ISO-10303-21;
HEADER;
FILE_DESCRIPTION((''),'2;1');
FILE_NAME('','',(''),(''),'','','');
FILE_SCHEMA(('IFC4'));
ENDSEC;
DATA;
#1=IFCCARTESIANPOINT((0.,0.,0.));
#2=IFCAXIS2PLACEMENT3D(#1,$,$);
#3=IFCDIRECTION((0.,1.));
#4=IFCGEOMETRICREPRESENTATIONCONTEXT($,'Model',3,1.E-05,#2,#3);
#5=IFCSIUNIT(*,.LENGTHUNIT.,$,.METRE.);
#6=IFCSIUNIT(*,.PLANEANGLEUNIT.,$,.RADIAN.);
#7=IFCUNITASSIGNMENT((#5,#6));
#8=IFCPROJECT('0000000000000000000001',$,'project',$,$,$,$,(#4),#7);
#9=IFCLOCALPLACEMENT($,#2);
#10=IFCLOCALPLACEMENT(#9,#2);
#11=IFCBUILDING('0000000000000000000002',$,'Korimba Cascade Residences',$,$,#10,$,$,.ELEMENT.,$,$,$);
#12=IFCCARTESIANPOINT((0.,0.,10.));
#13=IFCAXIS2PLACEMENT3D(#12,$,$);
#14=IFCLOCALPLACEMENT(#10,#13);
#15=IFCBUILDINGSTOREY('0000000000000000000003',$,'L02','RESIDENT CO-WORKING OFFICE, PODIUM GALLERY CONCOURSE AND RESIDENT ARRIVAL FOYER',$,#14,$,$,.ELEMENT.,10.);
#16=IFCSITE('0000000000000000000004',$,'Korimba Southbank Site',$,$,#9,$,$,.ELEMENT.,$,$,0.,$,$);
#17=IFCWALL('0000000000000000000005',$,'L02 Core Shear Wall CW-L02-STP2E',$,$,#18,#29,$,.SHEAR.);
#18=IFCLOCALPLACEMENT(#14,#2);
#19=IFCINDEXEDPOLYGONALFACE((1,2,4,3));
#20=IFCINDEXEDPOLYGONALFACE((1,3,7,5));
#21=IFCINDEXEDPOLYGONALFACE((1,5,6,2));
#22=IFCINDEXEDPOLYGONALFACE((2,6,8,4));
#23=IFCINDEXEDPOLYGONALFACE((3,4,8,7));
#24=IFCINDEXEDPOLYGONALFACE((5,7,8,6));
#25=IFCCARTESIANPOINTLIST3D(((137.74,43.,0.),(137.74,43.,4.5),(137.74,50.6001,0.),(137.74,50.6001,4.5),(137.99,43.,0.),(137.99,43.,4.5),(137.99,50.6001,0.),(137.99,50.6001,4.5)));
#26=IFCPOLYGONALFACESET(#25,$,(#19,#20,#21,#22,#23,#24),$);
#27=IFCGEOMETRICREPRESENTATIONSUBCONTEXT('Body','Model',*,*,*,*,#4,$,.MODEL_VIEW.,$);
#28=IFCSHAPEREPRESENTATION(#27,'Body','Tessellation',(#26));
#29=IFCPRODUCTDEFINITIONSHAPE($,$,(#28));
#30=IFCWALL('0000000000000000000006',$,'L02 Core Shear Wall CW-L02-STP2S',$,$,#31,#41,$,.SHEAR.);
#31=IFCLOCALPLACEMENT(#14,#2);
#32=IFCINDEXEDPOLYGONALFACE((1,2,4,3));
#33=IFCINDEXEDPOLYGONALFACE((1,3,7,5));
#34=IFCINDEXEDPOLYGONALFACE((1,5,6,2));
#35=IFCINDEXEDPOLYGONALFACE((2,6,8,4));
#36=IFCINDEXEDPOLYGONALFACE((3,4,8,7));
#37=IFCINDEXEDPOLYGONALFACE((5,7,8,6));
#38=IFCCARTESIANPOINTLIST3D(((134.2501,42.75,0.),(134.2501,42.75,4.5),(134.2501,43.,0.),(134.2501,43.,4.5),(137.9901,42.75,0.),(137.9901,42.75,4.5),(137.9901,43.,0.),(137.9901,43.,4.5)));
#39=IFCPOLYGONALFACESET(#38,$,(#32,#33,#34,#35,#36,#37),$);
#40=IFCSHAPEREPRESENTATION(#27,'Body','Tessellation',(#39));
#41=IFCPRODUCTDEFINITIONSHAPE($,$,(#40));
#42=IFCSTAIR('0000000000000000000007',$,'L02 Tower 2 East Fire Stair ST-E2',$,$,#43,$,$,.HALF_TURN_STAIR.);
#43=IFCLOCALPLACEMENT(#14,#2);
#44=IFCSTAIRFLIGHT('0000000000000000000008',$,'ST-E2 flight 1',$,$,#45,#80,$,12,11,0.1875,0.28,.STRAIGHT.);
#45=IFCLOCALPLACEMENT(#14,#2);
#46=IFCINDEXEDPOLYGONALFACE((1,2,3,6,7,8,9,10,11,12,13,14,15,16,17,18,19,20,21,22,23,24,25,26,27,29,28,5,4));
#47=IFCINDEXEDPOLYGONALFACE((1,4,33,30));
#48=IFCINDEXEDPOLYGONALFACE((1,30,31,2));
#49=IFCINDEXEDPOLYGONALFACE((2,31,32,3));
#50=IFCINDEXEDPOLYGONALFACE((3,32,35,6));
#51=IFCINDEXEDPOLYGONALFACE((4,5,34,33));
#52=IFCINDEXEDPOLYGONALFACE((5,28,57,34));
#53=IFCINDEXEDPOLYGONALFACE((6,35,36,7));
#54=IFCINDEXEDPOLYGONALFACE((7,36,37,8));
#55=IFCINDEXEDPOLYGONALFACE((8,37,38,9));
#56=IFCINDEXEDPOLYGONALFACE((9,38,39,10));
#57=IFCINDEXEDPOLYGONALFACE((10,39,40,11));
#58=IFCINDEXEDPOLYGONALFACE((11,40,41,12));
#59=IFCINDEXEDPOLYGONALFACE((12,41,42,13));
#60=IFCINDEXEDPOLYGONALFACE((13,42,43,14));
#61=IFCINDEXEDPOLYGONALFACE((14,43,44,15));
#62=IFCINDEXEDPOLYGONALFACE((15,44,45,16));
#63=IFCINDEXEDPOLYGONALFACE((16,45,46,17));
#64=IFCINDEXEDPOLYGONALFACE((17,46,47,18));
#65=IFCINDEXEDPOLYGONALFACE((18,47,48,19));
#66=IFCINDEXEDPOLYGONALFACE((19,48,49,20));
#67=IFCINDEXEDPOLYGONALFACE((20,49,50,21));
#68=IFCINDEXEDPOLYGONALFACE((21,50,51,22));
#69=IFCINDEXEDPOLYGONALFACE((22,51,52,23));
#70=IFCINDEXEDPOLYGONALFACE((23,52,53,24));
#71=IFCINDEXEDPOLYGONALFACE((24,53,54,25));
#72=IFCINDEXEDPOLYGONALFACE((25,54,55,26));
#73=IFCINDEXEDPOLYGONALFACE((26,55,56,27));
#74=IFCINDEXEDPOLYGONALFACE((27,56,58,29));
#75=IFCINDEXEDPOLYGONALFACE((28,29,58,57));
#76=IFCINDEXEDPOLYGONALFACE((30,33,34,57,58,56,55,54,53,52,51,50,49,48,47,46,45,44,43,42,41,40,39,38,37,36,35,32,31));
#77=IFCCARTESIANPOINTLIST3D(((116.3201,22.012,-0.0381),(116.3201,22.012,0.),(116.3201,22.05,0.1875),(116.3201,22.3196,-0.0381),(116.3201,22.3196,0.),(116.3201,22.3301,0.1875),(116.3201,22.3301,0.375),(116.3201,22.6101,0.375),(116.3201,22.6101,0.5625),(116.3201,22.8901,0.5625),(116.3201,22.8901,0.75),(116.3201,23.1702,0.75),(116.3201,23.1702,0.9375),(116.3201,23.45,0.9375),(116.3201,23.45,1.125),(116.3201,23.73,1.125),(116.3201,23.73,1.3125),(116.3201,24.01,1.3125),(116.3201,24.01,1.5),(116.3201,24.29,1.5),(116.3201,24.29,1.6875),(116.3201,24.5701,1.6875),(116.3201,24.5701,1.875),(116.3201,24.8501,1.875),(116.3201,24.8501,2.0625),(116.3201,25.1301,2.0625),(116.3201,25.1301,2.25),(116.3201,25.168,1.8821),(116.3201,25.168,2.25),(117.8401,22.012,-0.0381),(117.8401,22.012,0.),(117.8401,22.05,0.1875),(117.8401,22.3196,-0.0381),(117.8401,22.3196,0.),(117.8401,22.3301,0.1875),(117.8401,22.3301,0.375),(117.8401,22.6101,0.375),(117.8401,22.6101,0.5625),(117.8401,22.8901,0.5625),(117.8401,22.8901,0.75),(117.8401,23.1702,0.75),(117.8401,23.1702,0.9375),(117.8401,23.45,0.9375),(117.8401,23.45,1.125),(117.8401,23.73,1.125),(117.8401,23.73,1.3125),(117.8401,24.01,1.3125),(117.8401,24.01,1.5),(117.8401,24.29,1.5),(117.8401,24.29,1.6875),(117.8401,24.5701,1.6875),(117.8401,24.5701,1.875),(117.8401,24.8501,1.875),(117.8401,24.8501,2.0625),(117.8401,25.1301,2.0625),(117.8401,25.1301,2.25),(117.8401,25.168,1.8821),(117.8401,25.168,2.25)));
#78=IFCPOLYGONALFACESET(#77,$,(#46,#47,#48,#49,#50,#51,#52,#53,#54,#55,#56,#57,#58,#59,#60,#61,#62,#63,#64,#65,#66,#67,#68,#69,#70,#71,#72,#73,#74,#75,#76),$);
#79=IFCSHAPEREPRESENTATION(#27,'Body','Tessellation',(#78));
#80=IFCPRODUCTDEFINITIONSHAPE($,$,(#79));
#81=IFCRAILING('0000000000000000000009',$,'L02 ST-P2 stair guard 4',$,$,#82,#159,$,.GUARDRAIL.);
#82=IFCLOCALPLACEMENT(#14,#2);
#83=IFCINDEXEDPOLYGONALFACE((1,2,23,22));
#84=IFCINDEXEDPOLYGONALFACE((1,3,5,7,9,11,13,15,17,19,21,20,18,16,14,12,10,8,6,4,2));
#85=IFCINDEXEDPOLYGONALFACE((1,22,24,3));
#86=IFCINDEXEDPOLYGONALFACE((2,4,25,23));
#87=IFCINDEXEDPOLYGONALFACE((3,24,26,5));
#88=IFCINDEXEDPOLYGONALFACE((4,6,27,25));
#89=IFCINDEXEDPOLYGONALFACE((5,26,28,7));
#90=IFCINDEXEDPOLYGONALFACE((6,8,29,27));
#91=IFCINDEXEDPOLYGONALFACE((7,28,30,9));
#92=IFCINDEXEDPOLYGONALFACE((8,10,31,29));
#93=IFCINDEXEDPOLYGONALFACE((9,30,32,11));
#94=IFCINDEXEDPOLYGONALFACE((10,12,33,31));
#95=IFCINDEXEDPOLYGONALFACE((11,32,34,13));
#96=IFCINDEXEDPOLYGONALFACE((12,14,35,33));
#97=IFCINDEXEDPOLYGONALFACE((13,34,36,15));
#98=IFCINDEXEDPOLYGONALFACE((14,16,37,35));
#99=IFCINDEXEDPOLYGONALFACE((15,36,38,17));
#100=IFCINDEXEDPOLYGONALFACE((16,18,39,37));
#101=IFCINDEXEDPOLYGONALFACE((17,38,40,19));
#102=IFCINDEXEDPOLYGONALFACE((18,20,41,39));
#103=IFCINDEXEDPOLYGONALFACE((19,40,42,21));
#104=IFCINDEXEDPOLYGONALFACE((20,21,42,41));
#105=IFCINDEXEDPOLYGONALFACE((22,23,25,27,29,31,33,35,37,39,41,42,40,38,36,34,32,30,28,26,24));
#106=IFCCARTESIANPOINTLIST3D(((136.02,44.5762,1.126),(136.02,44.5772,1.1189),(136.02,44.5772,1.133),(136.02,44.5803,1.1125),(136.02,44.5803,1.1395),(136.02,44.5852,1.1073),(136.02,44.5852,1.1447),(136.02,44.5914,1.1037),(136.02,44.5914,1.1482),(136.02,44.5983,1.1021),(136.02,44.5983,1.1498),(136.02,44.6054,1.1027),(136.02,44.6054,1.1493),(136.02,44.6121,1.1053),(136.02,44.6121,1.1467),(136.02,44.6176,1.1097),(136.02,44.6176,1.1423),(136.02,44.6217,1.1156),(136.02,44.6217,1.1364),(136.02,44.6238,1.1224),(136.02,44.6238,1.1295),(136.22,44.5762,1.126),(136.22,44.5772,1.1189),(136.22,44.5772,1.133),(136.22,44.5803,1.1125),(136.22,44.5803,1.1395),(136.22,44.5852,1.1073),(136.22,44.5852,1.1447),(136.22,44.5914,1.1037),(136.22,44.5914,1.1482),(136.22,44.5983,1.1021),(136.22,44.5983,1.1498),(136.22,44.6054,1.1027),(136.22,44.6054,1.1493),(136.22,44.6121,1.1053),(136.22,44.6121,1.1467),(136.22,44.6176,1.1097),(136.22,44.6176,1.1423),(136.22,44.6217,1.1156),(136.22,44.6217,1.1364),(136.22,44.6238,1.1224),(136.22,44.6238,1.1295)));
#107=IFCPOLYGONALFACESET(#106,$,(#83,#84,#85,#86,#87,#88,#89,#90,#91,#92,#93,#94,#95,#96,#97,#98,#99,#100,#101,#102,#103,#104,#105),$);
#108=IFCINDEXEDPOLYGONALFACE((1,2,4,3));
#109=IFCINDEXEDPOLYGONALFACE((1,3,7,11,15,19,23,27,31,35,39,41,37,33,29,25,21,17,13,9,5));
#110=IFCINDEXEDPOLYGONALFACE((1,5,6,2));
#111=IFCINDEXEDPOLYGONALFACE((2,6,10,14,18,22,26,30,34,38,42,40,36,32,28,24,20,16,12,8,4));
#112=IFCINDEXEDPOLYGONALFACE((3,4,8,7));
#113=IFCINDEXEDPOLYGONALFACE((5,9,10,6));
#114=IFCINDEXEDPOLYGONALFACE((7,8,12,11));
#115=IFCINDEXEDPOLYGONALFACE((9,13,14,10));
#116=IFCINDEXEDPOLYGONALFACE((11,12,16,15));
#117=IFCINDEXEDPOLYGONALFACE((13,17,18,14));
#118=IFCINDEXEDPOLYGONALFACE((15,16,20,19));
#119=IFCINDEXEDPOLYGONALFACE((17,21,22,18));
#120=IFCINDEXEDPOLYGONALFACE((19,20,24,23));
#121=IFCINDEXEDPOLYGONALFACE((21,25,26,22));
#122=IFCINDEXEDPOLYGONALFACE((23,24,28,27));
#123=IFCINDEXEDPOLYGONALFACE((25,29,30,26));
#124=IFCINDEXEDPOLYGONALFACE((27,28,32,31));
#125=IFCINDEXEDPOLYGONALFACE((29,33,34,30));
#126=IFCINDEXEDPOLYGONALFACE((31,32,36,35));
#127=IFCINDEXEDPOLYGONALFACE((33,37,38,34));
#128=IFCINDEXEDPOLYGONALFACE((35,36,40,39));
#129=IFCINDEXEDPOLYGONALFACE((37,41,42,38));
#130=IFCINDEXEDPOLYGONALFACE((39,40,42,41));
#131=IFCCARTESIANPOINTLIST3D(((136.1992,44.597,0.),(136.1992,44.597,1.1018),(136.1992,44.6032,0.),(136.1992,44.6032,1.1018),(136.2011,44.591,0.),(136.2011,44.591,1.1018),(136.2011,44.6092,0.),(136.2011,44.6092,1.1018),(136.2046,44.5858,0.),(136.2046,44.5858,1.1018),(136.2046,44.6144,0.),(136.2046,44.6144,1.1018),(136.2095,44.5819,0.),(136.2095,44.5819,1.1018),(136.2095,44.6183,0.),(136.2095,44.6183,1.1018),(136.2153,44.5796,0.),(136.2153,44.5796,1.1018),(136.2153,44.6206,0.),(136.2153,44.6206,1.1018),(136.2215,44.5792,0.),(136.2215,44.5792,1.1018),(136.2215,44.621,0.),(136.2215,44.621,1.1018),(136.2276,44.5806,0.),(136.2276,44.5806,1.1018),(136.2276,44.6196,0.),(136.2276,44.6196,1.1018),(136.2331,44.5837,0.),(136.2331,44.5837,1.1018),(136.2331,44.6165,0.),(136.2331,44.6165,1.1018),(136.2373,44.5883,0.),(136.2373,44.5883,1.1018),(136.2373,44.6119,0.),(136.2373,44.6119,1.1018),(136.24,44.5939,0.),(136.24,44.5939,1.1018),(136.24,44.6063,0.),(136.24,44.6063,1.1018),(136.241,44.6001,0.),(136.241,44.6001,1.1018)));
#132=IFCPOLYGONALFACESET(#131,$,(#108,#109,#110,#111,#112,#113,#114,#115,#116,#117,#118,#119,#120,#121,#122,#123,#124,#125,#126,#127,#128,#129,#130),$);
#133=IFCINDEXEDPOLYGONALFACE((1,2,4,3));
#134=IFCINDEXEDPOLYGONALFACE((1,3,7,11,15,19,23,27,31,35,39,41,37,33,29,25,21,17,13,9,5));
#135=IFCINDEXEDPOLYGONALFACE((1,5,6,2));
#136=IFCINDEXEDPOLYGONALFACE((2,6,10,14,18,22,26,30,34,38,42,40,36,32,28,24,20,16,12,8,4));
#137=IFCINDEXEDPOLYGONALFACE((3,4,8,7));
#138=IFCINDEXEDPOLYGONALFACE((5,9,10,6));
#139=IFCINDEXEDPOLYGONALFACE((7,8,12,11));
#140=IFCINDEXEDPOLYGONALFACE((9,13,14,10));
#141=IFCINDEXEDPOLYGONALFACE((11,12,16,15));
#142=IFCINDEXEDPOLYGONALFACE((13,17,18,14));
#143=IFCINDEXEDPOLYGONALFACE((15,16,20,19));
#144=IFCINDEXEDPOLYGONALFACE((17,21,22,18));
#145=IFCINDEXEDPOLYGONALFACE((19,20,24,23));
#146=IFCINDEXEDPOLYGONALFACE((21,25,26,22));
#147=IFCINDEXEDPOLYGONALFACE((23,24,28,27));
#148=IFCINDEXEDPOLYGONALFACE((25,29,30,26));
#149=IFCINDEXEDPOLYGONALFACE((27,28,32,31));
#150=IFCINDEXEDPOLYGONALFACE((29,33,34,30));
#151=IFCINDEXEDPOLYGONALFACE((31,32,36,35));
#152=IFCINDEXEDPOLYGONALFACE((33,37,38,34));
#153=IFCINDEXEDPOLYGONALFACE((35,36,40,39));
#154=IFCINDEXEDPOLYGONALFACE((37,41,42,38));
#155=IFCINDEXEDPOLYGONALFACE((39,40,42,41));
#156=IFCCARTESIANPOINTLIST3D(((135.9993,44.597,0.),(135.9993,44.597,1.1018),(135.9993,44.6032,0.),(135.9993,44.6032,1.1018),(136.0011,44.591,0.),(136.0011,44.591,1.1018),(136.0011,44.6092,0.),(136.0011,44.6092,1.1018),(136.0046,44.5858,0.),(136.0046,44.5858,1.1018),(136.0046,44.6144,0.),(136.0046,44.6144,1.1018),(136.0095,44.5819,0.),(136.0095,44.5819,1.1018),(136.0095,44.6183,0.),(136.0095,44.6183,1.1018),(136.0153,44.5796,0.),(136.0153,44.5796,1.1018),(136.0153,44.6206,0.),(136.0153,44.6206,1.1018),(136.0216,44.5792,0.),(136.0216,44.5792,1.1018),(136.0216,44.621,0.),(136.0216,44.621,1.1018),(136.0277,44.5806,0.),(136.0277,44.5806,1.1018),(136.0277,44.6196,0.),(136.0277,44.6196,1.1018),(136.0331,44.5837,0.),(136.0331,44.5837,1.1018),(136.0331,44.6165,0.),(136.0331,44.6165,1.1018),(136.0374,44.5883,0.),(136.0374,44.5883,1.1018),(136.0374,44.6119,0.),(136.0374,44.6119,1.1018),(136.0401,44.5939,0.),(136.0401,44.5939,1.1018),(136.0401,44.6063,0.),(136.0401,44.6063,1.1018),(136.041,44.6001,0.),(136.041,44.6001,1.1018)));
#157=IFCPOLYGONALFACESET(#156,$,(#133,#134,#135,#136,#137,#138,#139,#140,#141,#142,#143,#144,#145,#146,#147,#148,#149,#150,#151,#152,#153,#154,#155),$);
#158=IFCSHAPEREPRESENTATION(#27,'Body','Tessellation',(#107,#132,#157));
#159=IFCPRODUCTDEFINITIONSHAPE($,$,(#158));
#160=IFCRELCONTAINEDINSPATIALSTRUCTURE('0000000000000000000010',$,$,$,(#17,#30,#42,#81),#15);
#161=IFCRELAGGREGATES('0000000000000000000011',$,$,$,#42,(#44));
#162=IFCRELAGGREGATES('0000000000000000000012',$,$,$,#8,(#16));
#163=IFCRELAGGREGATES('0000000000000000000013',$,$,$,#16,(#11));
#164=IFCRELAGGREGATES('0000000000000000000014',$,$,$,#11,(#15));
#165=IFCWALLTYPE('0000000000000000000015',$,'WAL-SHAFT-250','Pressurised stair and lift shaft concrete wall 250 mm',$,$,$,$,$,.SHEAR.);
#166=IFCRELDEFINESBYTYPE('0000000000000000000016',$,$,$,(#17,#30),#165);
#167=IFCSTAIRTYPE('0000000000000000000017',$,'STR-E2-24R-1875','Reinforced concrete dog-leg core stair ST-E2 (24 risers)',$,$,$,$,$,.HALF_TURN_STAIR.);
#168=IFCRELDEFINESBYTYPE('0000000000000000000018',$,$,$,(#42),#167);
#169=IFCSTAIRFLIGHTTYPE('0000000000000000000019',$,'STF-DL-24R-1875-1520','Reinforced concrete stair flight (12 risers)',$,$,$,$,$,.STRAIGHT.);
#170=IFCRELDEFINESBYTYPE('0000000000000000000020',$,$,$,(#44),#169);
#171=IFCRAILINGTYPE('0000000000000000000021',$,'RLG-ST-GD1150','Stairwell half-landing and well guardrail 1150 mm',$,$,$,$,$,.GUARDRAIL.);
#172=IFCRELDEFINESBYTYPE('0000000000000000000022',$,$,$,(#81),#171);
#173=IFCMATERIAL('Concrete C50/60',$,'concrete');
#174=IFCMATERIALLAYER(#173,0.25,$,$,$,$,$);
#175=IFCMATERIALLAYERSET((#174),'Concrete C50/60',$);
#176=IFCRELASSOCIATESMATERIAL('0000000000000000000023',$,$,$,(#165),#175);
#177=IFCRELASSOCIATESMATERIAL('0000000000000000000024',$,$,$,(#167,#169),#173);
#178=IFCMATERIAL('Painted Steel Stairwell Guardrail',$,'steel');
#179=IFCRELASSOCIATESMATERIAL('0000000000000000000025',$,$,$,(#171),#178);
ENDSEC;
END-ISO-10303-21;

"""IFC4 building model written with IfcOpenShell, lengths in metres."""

from ifc_helpers import new_model, si_unit, direction, frame, frame_2d, origin, origin_2d, place, context, subcontext, project, spatial, polyline, rectangle, circle, outline, extrude, material, layer, layer_set, type_object, element, aggregate, save


model = new_model("IFC4")

# Units and contexts
model_context = context("Model", 3, precision=1e-05, world=origin(), true_north=direction((0.0, 1.0)))
body_context = subcontext(model_context, "Body", "Model", "MODEL_VIEW")
ifc_project = project(units=[si_unit("LENGTHUNIT", "METRE"), si_unit("PLANEANGLEUNIT", "RADIAN")], contexts=[model_context])

# Site, building, storey
site_placement = place(None, origin())
site = spatial("IfcSite", under=ifc_project, at=site_placement, Name="Korimba Southbank Site", CompositionType="ELEMENT", RefElevation=0.0)
building_placement = place(site_placement, origin())
building = spatial("IfcBuilding", under=site, at=building_placement, Name="Korimba Cascade Residences", CompositionType="ELEMENT")
storey_placement = place(building_placement, frame((0.0, 0.0, 10.0)))
storey = spatial("IfcBuildingStorey", under=building, at=storey_placement, Name="L02", Description="RESIDENT CO-WORKING OFFICE, PODIUM GALLERY CONCOURSE AND RESIDENT ARRIVAL FOYER", CompositionType="ELEMENT", Elevation=10.0)

# Shared definitions
ifc_material_1 = material(Name="Concrete C50/60", Category="concrete")

# Shared definitions
ifc_layer_1 = layer(ifc_material_1, 0.25)
ifc_layer_set_1 = layer_set([ifc_layer_1], Name="Concrete C50/60")
wall_type_1 = type_object("IfcWallType", Name="WAL-SHAFT-250", Description="Pressurised stair and lift shaft concrete wall 250 mm", PredefinedType="SHEAR", material=ifc_layer_set_1)

# Walls
wall_1_placement = place(storey_placement, frame((137.865, 43.0, 0.0), z_axis=(0.0, 0.0, 1.0), x_axis=(0.0, 1.0, 0.0)))
element("IfcWall", 1, at=wall_1_placement, inside=storey, type_object=wall_type_1, Name="L02 Core Shear Wall CW-L02-STP2E", PredefinedType="SHEAR", context=body_context, shape_type="SweptSolid", body=[
    extrude(rectangle(XDim=7.6001, YDim=0.25, at=frame_2d((3.8, 0.0))), origin(), (0.0, 0.0, 1.0), 4.5),
])
wall_2_placement = place(storey_placement, frame((134.25, 42.875, 0.0), z_axis=(0.0, 0.0, 1.0), x_axis=(1.0, 0.0, 0.0)))
element("IfcWall", 2, at=wall_2_placement, inside=storey, type_object=wall_type_1, Name="L02 Core Shear Wall CW-L02-STP2S", PredefinedType="SHEAR", context=body_context, shape_type="SweptSolid", body=[
    extrude(rectangle(XDim=3.74, YDim=0.25, at=frame_2d((1.8701, 0.0))), origin(), (0.0, 0.0, 1.0), 4.5),
])

# Stair, stair flight
stair_type = type_object("IfcStairType", Name="STR-E2-24R-1875", Description="Reinforced concrete dog-leg core stair ST-E2 (24 risers)", PredefinedType="HALF_TURN_STAIR", material=ifc_material_1)
stair_placement = place(storey_placement, origin())
stair = element("IfcStair", 3, at=stair_placement, inside=storey, type_object=stair_type, Name="L02 Tower 2 East Fire Stair ST-E2", PredefinedType="HALF_TURN_STAIR")
stair_flight_type = type_object("IfcStairFlightType", Name="STF-DL-24R-1875-1520", Description="Reinforced concrete stair flight (12 risers)", PredefinedType="STRAIGHT", material=ifc_material_1)
stair_flight_placement = place(storey_placement, frame((117.0801, 22.05, 0.0), z_axis=(0.0, 0.0, 1.0), x_axis=(0.0, 1.0, 0.0)))
stair_flight = element("IfcStairFlight", 4, at=stair_flight_placement, type_object=stair_flight_type, Name="ST-E2 flight 1", NumberOfRisers=12, NumberOfTreads=11, PredefinedType="STRAIGHT", RiserHeight=0.1875, TreadLength=0.28, context=body_context, shape_type="SweptSolid", body=[
    extrude(outline(polyline([(-0.0381, 0.0), (0.0, 0.1875), (0.28, 0.1875), (0.28, 0.375), (0.5601, 0.375), (0.5601, 0.5625), (0.8401, 0.5625), (0.8401, 0.75), (1.1201, 0.75), (1.1201, 0.9375), (1.3999, 0.9375), (1.3999, 1.125), (1.6799, 1.125), (1.6799, 1.3125), (1.96, 1.3125), (1.96, 1.5), (2.24, 1.5), (2.24, 1.6875), (2.52, 1.6875), (2.52, 1.875), (2.8, 1.875), (2.8, 2.0625), (3.0801, 2.0625), (3.0801, 2.25), (3.1179, 2.25), (3.1179, 1.8821), (0.2695, 0.0), (0.2695, -0.0381), (-0.0381, -0.0381), (-0.0381, 0.0)])), frame((0.0, 0.76, 0.0), z_axis=(0.0, -1.0, 0.0), x_axis=(1.0, 0.0, 0.0)), (0.0, 0.0, 1.0), 1.52),
])
aggregate(stair, [stair_flight])

# Railing
ifc_material_2 = material(Name="Painted Steel Stairwell Guardrail", Category="steel")
railing_type_1 = type_object("IfcRailingType", Name="RLG-ST-GD1150", Description="Stairwell half-landing and well guardrail 1150 mm", PredefinedType="GUARDRAIL", material=ifc_material_2)
railing_1_placement = place(storey_placement, frame((136.22, 44.6001, 0.0)))
element("IfcRailing", 5, at=railing_1_placement, inside=storey, type_object=railing_type_1, Name="L02 ST-P2 stair guard 4", PredefinedType="GUARDRAIL", context=body_context, shape_type="SweptSolid", body=[
    extrude(circle(Radius=0.0239, at=origin_2d()), frame((0.0, 0.0, 1.126), z_axis=(-1.0, 0.0, 0.0), x_axis=(0.0, -1.0, 0.0)), (0.0, 0.0, 1.0), 0.2),
    extrude(circle(Radius=0.021, at=origin_2d()), origin(), (0.0, 0.0, 1.0), 1.1018),
    extrude(circle(Radius=0.021, at=origin_2d()), frame((-0.2, 0.0, 0.0)), (0.0, 0.0, 1.0), 1.1018),
])

save(model, "model.ifc")
